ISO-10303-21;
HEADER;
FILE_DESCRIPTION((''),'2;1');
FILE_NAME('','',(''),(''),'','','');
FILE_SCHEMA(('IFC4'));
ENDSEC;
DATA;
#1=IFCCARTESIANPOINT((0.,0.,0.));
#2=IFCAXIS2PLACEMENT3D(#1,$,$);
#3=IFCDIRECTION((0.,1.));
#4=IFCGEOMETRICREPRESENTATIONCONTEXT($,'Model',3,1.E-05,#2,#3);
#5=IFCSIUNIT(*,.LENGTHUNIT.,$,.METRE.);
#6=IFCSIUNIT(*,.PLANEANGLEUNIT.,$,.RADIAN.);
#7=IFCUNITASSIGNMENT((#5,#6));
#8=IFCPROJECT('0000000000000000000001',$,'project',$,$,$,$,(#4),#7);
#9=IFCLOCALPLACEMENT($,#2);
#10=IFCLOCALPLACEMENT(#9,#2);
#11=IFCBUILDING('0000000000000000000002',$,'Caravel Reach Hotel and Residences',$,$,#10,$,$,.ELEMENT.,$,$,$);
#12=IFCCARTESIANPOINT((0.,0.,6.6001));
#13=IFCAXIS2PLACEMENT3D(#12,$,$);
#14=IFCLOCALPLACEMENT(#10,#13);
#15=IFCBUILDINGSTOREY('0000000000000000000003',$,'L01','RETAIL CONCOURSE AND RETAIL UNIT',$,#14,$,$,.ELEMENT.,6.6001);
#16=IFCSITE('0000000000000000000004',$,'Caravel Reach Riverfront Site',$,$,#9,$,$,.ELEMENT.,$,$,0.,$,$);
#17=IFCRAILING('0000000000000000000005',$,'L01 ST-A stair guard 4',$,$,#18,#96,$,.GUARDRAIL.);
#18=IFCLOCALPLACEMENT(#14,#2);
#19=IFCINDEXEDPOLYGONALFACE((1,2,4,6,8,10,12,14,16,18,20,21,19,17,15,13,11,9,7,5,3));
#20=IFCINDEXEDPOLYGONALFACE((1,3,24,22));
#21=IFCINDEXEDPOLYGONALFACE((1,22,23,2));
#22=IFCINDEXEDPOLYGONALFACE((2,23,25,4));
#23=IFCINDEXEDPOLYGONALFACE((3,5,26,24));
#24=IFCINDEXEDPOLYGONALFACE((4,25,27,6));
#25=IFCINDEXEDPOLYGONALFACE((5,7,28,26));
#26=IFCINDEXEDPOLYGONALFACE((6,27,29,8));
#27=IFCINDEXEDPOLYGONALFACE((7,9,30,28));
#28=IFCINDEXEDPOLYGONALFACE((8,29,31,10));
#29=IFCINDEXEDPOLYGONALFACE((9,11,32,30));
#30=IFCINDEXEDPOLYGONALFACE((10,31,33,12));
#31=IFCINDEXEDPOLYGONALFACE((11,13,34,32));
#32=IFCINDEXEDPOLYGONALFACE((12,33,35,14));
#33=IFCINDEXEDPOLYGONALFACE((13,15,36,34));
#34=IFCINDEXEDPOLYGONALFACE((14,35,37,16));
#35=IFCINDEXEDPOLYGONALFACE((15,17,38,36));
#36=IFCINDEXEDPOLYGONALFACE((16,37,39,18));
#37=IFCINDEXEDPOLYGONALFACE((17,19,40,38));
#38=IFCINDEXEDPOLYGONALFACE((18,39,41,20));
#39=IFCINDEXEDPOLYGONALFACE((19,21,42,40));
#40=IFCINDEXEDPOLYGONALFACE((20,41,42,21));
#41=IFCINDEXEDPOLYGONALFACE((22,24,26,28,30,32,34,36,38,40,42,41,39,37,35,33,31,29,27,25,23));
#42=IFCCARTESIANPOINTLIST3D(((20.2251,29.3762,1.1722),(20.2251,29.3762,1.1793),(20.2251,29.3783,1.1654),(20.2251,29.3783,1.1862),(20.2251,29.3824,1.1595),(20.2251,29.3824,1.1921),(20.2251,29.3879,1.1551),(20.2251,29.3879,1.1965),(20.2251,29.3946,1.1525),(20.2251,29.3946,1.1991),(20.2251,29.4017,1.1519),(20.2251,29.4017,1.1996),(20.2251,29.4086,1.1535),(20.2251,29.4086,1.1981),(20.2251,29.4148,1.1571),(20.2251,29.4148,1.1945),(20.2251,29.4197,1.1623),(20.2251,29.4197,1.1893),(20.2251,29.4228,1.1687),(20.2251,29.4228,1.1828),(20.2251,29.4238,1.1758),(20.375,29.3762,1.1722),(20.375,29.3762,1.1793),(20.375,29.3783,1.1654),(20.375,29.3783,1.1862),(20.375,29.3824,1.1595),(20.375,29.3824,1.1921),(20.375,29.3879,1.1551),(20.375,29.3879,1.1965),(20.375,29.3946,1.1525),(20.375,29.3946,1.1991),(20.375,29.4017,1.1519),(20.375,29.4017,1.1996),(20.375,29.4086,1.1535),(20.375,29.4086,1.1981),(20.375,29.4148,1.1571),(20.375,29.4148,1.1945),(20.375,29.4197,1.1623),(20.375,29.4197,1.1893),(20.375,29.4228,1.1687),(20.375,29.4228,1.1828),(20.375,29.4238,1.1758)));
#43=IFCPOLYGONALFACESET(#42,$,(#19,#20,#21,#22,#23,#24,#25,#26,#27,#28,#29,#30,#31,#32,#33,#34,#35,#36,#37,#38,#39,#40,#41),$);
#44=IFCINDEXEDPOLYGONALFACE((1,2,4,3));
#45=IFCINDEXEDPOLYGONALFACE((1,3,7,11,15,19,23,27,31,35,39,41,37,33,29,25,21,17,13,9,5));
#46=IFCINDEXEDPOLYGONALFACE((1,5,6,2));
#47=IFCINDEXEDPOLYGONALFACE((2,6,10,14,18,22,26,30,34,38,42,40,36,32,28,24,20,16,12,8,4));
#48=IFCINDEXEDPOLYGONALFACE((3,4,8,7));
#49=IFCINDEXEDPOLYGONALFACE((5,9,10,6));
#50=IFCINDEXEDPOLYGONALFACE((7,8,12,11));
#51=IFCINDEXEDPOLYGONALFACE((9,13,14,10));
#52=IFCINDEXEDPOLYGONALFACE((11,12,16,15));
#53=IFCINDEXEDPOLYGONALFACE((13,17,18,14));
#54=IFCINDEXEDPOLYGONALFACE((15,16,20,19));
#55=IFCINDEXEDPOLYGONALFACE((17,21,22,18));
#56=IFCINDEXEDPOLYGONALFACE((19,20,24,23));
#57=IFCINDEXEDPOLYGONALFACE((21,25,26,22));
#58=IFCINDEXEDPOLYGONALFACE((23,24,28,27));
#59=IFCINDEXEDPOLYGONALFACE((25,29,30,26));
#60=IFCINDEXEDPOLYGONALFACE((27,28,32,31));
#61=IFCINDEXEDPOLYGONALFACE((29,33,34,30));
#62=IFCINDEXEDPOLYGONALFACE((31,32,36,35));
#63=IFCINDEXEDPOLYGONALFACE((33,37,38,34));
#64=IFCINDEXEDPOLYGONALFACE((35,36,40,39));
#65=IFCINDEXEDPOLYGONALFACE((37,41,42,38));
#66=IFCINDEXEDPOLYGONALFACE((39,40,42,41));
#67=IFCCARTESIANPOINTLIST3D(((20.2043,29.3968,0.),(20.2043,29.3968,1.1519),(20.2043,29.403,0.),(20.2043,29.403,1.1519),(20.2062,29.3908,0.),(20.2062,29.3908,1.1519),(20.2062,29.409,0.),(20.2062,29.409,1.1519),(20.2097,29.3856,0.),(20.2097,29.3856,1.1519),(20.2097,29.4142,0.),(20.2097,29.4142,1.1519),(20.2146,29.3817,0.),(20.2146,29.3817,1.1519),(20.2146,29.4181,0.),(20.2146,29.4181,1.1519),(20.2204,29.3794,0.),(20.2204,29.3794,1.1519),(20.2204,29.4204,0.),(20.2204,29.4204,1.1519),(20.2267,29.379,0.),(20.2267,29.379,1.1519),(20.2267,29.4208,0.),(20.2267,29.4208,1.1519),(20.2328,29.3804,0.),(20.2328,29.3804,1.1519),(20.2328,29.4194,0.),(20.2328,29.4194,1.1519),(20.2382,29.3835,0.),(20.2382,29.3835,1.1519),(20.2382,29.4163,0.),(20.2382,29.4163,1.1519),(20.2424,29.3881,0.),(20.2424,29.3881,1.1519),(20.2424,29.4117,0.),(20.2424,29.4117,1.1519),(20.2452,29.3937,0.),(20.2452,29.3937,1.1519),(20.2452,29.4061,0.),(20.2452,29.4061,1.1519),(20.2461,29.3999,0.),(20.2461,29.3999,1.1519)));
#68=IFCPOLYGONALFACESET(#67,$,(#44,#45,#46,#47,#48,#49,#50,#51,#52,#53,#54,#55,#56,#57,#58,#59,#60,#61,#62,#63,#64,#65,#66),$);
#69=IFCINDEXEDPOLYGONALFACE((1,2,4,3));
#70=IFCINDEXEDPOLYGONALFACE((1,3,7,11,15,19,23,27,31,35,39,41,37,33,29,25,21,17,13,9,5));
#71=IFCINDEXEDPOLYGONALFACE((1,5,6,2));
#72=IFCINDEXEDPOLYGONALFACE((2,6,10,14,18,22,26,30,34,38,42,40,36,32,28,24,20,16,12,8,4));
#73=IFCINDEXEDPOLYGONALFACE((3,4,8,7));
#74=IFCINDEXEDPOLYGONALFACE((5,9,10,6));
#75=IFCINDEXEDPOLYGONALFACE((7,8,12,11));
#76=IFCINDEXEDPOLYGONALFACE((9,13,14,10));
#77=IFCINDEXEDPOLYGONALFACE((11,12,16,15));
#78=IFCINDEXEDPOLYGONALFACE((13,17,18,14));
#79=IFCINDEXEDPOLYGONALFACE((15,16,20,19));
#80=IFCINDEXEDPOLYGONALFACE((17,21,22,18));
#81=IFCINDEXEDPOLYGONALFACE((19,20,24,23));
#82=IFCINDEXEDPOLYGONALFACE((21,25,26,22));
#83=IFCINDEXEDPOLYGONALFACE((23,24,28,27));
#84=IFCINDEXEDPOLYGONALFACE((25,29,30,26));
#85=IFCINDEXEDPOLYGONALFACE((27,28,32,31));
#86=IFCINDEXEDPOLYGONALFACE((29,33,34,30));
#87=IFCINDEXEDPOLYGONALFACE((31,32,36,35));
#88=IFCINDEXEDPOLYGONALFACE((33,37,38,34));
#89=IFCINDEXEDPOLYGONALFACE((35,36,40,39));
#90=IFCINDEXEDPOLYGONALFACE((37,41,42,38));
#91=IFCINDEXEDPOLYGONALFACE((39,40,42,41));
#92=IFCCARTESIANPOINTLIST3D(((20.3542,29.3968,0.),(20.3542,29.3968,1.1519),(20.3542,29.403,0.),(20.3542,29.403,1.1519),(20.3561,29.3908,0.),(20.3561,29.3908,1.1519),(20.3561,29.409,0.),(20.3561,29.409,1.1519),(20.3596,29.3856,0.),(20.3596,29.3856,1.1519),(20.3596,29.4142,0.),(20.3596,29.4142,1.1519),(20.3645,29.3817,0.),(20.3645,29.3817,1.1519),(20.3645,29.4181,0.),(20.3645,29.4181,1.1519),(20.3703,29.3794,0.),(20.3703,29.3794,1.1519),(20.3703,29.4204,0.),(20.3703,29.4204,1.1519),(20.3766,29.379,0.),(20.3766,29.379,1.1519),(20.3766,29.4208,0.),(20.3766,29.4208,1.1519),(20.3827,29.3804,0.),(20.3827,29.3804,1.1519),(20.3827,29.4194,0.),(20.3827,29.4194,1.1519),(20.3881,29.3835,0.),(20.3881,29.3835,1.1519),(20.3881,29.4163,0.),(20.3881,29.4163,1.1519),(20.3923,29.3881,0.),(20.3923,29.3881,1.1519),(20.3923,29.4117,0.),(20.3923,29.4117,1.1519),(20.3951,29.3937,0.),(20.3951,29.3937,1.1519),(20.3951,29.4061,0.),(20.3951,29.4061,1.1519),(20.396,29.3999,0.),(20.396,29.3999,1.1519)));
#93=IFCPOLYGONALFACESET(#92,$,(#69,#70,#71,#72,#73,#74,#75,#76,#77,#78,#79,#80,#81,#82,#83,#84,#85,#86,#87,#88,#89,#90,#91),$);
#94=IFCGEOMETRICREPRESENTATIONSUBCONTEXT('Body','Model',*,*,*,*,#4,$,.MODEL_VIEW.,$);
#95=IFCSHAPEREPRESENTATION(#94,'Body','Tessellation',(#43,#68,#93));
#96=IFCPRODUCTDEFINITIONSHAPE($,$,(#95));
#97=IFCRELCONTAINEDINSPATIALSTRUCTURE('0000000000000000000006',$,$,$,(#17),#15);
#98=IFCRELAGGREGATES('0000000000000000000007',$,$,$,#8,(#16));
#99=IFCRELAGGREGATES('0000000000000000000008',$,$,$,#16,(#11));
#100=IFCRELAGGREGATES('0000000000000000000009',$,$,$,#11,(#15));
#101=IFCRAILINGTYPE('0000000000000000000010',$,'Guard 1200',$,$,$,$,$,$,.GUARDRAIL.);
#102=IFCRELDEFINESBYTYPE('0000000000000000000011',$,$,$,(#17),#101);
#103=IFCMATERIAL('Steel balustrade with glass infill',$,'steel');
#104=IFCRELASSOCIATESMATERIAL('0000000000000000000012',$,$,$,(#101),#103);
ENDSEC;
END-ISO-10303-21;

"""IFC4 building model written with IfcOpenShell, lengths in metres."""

from ifc_helpers import new_model, si_unit, direction, frame, origin, origin_2d, place, context, subcontext, project, spatial, circle, extrude, material, type_object, element, save


model = new_model("IFC4")

# Units and contexts
model_context = context("Model", 3, precision=1e-05, world=origin(), true_north=direction((0.0, 1.0)))
body_context = subcontext(model_context, "Body", "Model", "MODEL_VIEW")
ifc_project = project(units=[si_unit("LENGTHUNIT", "METRE"), si_unit("PLANEANGLEUNIT", "RADIAN")], contexts=[model_context])

# Site, building, storey
site_placement = place(None, origin())
site = spatial("IfcSite", under=ifc_project, at=site_placement, Name="Caravel Reach Riverfront Site", CompositionType="ELEMENT", RefElevation=0.0)
building_placement = place(site_placement, origin())
building = spatial("IfcBuilding", under=site, at=building_placement, Name="Caravel Reach Hotel and Residences", CompositionType="ELEMENT")
storey_placement = place(building_placement, frame((0.0, 0.0, 6.6001)))
storey = spatial("IfcBuildingStorey", under=building, at=storey_placement, Name="L01", Description="RETAIL CONCOURSE AND RETAIL UNIT", CompositionType="ELEMENT", Elevation=6.6001)

# Railing
ifc_material_1 = material(Name="Steel balustrade with glass infill", Category="steel")
railing_type_1 = type_object("IfcRailingType", Name="Guard 1200", PredefinedType="GUARDRAIL", material=ifc_material_1)
railing_1_placement = place(storey_placement, frame((20.2251, 29.3999, 0.0)))
element("IfcRailing", 1, at=railing_1_placement, inside=storey, type_object=railing_type_1, Name="L01 ST-A stair guard 4", PredefinedType="GUARDRAIL", context=body_context, shape_type="SweptSolid", body=[
    extrude(circle(Radius=0.0239, at=origin_2d()), frame((0.0, 0.0, 1.1758), z_axis=(1.0, 0.0, 0.0), x_axis=(0.0, 1.0, 0.0)), (0.0, 0.0, 1.0), 0.1499),
    extrude(circle(Radius=0.021, at=origin_2d()), origin(), (0.0, 0.0, 1.0), 1.1519),
    extrude(circle(Radius=0.021, at=origin_2d()), frame((0.1499, 0.0, 0.0)), (0.0, 0.0, 1.0), 1.1519),
])

save(model, "model.ifc")
